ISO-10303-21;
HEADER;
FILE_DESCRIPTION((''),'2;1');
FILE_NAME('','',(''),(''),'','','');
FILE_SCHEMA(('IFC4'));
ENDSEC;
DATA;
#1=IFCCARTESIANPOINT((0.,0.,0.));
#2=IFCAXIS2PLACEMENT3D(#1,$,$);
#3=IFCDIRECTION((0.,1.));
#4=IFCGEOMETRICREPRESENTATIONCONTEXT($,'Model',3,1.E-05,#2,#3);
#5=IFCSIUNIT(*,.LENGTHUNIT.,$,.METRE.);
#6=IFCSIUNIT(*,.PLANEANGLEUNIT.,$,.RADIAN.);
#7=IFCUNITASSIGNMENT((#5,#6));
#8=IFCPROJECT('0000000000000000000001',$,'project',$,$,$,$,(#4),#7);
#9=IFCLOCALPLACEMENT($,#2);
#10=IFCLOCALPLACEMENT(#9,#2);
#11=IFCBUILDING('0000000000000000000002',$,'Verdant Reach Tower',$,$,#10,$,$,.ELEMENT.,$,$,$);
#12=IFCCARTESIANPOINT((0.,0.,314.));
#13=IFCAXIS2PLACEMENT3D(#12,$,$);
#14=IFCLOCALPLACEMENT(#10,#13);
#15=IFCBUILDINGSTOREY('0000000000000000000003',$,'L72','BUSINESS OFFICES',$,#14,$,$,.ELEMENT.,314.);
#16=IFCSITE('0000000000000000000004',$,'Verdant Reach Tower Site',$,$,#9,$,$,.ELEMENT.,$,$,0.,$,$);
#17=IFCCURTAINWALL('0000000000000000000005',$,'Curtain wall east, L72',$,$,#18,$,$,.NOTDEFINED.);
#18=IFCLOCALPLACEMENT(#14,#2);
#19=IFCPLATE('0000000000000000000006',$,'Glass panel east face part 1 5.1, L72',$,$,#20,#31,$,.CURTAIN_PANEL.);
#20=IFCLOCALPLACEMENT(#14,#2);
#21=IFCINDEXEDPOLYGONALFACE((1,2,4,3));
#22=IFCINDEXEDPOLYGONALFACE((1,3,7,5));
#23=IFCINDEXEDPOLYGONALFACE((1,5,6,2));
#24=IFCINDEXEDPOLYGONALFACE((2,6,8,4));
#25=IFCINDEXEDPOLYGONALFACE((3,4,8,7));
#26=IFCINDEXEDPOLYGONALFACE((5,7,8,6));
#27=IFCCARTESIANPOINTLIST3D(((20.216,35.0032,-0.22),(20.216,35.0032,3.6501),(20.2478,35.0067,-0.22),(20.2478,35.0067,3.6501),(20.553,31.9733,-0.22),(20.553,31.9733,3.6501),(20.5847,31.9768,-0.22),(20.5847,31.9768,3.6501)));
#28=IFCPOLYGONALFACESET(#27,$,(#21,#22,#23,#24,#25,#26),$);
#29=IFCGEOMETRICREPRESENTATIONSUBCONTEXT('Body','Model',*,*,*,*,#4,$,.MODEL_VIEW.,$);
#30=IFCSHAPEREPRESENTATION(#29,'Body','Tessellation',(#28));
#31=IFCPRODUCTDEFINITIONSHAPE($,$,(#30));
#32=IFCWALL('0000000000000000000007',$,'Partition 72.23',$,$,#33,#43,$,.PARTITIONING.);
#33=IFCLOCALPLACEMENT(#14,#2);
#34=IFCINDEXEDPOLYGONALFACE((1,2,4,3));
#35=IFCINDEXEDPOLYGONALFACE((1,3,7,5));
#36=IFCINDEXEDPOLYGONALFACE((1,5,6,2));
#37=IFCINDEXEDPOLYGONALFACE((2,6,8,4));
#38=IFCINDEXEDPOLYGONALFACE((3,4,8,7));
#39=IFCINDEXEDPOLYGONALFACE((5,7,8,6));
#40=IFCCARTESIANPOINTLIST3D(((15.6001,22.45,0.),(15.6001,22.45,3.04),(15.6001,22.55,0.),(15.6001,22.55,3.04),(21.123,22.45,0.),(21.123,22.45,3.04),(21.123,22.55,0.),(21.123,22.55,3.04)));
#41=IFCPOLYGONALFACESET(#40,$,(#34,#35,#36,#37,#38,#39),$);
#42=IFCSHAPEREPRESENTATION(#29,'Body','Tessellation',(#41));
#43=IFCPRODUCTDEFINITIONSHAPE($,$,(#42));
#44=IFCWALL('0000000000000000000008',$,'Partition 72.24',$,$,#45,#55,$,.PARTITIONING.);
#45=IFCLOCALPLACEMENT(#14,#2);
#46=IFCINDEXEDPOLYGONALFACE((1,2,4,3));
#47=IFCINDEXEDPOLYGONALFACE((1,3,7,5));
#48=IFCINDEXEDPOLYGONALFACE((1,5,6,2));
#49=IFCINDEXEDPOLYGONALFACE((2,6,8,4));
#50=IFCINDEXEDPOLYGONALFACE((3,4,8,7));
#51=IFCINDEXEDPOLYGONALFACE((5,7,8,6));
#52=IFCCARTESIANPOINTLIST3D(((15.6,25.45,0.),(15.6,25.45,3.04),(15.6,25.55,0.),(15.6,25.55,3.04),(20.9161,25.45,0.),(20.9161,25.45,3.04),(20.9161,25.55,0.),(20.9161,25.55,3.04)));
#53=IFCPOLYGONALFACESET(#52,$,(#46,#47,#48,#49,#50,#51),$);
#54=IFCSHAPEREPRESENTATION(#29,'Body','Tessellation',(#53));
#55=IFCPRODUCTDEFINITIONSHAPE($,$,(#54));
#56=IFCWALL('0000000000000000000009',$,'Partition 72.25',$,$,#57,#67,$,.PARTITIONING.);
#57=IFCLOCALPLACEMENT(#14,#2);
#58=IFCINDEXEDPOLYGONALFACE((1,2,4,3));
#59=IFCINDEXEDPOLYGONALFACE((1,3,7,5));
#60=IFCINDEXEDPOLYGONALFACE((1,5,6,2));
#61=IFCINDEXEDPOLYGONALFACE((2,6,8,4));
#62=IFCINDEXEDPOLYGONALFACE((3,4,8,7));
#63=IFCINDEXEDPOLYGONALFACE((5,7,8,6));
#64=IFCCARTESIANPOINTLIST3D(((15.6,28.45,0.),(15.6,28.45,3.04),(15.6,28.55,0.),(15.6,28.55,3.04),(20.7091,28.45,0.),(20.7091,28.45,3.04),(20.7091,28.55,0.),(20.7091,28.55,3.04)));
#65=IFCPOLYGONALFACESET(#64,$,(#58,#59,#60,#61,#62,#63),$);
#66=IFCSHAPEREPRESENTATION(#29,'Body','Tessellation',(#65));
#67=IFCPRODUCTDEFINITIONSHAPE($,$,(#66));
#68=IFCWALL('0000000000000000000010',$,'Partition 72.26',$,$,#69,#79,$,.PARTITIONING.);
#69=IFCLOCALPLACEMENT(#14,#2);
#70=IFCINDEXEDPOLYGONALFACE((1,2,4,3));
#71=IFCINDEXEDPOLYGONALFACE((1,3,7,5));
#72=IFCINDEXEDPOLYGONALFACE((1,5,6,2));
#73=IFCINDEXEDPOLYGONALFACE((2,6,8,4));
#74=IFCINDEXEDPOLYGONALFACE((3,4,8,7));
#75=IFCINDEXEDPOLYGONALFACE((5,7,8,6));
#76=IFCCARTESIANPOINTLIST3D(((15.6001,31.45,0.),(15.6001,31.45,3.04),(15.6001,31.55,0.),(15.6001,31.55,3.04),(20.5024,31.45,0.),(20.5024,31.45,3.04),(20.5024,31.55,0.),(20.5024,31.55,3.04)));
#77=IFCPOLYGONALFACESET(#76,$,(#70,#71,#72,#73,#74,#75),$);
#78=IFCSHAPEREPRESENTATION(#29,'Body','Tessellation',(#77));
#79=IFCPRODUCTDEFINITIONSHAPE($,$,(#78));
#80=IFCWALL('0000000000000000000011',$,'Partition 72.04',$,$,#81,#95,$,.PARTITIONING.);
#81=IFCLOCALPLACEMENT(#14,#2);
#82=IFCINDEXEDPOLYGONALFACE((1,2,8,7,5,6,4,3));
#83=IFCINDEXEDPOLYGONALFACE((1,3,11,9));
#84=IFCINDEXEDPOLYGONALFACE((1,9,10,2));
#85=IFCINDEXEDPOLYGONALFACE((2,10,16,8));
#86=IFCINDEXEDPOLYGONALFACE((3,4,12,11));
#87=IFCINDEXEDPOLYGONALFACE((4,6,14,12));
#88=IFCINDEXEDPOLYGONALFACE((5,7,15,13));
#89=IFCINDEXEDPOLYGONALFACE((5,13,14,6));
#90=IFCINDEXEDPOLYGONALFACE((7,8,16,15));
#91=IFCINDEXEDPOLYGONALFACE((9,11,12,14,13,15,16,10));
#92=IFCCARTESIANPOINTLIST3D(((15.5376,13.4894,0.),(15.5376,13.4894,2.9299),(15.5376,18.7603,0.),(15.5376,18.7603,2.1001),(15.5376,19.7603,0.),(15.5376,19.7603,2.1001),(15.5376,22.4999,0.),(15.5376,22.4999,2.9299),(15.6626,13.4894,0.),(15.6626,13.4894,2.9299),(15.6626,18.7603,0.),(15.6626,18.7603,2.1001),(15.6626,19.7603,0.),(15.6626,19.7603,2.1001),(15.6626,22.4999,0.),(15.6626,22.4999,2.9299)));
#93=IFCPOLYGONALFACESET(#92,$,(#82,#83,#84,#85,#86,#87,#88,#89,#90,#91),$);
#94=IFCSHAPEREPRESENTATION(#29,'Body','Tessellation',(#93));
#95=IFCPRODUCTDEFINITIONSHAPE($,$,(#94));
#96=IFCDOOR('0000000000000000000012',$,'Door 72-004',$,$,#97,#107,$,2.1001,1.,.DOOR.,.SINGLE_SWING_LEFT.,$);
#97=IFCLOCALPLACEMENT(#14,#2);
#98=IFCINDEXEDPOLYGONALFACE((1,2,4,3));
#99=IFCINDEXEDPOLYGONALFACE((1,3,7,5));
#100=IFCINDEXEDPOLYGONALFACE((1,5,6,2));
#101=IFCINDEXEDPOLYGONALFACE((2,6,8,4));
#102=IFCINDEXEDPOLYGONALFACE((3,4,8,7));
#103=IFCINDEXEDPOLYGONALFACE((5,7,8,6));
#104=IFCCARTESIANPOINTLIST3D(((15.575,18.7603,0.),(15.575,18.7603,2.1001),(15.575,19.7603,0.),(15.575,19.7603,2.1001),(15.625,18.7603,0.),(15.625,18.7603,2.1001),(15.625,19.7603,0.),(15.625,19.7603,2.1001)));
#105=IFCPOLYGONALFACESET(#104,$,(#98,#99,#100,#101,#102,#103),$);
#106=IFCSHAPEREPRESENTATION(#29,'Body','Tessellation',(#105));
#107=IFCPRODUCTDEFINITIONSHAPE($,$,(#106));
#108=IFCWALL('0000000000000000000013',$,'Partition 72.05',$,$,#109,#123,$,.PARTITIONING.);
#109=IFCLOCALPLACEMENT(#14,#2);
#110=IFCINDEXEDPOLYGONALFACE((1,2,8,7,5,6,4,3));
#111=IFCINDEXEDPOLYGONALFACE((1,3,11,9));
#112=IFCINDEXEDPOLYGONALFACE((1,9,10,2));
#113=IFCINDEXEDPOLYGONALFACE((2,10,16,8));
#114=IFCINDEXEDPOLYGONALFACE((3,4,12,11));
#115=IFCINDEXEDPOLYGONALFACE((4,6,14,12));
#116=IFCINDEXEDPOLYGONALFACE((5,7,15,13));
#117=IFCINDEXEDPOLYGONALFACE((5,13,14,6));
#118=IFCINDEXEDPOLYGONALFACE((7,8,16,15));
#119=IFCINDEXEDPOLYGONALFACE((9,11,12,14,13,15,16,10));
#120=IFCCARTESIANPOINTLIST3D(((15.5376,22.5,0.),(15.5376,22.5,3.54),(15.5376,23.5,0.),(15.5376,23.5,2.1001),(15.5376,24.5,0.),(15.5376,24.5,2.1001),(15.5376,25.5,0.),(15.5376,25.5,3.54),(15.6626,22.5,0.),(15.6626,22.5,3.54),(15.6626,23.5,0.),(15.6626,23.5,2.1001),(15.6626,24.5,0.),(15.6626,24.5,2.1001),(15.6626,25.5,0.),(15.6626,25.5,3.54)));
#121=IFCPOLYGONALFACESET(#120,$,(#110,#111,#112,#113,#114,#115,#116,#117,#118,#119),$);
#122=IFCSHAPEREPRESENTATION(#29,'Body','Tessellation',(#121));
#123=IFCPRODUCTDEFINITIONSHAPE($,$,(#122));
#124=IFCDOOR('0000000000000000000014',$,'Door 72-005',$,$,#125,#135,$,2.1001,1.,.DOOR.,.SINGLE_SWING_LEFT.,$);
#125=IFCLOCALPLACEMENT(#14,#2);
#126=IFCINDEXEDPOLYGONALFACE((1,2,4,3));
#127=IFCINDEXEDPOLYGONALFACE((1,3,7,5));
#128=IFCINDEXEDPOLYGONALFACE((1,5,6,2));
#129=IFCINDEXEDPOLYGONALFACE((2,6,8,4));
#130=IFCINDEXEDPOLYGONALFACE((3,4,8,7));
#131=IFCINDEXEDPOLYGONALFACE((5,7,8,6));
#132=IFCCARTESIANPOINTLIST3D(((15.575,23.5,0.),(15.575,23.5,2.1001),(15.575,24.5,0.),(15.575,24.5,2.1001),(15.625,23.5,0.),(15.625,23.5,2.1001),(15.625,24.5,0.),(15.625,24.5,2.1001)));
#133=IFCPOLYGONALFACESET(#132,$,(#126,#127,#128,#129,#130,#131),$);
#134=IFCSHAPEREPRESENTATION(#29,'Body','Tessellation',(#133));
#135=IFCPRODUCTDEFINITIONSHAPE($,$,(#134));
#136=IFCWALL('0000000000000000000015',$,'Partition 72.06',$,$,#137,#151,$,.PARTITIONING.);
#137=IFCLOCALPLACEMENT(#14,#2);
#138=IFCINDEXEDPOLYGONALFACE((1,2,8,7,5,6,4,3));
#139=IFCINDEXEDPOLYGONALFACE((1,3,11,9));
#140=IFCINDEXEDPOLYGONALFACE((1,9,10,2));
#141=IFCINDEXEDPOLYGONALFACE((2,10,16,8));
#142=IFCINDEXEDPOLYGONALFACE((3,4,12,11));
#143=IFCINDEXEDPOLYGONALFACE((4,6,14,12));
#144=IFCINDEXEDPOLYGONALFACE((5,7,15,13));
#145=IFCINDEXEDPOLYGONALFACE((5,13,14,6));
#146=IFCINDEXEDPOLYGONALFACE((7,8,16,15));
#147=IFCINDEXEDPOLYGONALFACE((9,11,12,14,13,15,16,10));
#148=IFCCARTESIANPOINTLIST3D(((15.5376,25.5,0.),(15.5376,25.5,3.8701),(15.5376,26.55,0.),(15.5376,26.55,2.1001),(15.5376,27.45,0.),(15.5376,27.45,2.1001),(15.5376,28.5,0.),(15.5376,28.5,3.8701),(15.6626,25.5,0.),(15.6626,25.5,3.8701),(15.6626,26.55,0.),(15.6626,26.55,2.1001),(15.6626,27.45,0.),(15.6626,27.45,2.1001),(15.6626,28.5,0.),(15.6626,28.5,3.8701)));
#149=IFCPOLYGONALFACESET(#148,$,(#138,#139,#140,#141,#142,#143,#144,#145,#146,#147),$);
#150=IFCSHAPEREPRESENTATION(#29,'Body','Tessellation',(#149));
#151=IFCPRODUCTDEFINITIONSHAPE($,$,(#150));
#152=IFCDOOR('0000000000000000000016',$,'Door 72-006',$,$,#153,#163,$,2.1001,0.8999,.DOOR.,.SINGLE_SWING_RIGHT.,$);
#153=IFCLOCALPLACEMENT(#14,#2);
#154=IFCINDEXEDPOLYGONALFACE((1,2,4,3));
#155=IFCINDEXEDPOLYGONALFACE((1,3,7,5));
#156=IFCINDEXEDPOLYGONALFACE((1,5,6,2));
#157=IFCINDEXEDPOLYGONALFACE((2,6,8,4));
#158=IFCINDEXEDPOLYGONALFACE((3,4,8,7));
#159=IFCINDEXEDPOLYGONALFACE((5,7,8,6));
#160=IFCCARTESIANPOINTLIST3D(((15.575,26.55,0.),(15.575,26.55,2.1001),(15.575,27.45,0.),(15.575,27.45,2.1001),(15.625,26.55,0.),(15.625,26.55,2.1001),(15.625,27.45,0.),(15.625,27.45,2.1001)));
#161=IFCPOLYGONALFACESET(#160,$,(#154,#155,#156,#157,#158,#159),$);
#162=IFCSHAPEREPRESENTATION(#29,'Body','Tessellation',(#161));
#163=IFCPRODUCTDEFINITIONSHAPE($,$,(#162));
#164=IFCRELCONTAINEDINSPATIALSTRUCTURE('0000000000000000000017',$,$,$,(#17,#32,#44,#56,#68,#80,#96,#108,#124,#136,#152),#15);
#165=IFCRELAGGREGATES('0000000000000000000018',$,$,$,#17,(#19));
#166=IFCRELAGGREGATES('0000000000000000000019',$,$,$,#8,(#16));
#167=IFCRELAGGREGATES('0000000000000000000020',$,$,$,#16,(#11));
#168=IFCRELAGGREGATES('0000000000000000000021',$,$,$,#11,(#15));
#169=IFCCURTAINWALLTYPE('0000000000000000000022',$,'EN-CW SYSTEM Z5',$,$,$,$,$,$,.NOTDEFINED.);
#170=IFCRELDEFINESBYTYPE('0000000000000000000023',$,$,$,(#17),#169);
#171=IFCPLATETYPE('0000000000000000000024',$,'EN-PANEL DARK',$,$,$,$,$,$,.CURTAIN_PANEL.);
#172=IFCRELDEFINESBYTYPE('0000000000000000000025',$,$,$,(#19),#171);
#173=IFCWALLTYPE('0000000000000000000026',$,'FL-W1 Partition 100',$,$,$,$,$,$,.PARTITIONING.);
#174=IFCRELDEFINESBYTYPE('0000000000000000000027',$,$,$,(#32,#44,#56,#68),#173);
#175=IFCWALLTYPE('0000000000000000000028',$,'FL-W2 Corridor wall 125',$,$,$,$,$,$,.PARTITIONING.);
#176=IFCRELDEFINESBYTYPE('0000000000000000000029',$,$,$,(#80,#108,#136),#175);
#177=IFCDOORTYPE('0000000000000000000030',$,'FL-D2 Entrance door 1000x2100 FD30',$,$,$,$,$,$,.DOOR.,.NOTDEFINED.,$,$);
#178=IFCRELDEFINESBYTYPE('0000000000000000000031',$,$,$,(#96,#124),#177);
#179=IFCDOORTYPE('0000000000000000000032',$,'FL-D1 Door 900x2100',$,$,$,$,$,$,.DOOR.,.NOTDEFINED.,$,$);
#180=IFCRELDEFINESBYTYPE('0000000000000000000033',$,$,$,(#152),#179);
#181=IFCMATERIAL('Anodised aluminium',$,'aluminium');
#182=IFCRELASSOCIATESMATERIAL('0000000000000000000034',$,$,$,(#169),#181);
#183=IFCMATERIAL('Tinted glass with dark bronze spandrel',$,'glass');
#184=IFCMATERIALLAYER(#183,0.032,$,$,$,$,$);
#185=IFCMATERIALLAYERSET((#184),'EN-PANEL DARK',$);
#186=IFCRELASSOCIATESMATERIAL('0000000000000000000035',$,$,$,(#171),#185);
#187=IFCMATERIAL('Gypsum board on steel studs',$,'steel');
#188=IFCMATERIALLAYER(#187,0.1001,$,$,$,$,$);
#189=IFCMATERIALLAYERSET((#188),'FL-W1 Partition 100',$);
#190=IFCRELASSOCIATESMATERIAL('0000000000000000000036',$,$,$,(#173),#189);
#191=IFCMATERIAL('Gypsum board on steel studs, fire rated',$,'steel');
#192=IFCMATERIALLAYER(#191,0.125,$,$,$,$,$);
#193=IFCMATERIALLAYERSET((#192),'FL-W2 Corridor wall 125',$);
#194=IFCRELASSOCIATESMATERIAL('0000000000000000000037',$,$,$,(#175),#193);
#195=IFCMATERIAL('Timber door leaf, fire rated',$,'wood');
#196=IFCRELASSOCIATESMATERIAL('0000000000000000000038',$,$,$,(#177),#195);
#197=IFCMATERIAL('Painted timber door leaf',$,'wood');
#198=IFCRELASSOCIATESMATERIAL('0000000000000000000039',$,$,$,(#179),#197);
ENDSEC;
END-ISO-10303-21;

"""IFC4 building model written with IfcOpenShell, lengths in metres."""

from ifc_helpers import new_model, si_unit, direction, frame, frame_2d, origin, origin_2d, place, context, subcontext, project, spatial, rectangle, extrude, material, layer, layer_set, type_object, element, fill, aggregate, save


model = new_model("IFC4")

# Units and contexts
model_context = context("Model", 3, precision=1e-05, world=origin(), true_north=direction((0.0, 1.0)))
body_context = subcontext(model_context, "Body", "Model", "MODEL_VIEW")
ifc_project = project(units=[si_unit("LENGTHUNIT", "METRE"), si_unit("PLANEANGLEUNIT", "RADIAN")], contexts=[model_context])

# Site, building, storey
site_placement = place(None, origin())
site = spatial("IfcSite", under=ifc_project, at=site_placement, Name="Verdant Reach Tower Site", CompositionType="ELEMENT", RefElevation=0.0)
building_placement = place(site_placement, origin())
building = spatial("IfcBuilding", under=site, at=building_placement, Name="Verdant Reach Tower", CompositionType="ELEMENT")
storey_placement = place(building_placement, frame((0.0, 0.0, 314.0)))
storey = spatial("IfcBuildingStorey", under=building, at=storey_placement, Name="L72", Description="BUSINESS OFFICES", CompositionType="ELEMENT", Elevation=314.0)

# Curtain wall
ifc_material_1 = material(Name="Anodised aluminium", Category="aluminium")
curtain_wall_type = type_object("IfcCurtainWallType", Name="EN-CW SYSTEM Z5", PredefinedType="NOTDEFINED", material=ifc_material_1)
curtain_wall_placement = place(storey_placement, origin())
curtain_wall = element("IfcCurtainWall", 1, at=curtain_wall_placement, inside=storey, type_object=curtain_wall_type, Name="Curtain wall east, L72", PredefinedType="NOTDEFINED")

# Plate
ifc_material_2 = material(Name="Tinted glass with dark bronze spandrel", Category="glass")
ifc_layer_1 = layer(ifc_material_2, 0.032)
ifc_layer_set_1 = layer_set([ifc_layer_1], Name="EN-PANEL DARK")
plate_type_1 = type_object("IfcPlateType", Name="EN-PANEL DARK", PredefinedType="CURTAIN_PANEL", material=ifc_layer_set_1)
plate_1_placement = place(storey_placement, frame((20.4004, 33.49, -0.22), z_axis=(0.0, 0.0, 1.0), x_axis=(-0.110518, 0.993874, 0.0)))
plate_1 = element("IfcPlate", 2, at=plate_1_placement, type_object=plate_type_1, Name="Glass panel east face part 1 5.1, L72", PredefinedType="CURTAIN_PANEL", context=body_context, shape_type="SweptSolid", body=[
    extrude(rectangle(XDim=3.0486, YDim=0.032, at=origin_2d()), origin(), (0.0, 0.0, 1.0), 3.8701),
])
aggregate(curtain_wall, [plate_1])

# Walls
ifc_material_3 = material(Name="Gypsum board on steel studs", Category="steel")
ifc_layer_2 = layer(ifc_material_3, 0.1001)
ifc_layer_set_2 = layer_set([ifc_layer_2], Name="FL-W1 Partition 100")
wall_type_1 = type_object("IfcWallType", Name="FL-W1 Partition 100", PredefinedType="PARTITIONING", material=ifc_layer_set_2)
wall_1_placement = place(storey_placement, frame((21.123, 22.5, 0.0), z_axis=(0.0, 0.0, 1.0), x_axis=(-1.0, 0.0, 0.0)))
element("IfcWall", 3, at=wall_1_placement, inside=storey, type_object=wall_type_1, Name="Partition 72.23", PredefinedType="PARTITIONING", context=body_context, shape_type="SweptSolid", body=[
    extrude(rectangle(XDim=5.5229, YDim=0.1001, at=frame_2d((2.7615, 0.0))), origin(), (0.0, 0.0, 1.0), 3.04),
])
wall_2_placement = place(storey_placement, frame((20.9163, 25.5, 0.0), z_axis=(0.0, 0.0, 1.0), x_axis=(-1.0, 0.0, 0.0)))
element("IfcWall", 4, at=wall_2_placement, inside=storey, type_object=wall_type_1, Name="Partition 72.24", PredefinedType="PARTITIONING", context=body_context, shape_type="SweptSolid", body=[
    extrude(rectangle(XDim=5.3162, YDim=0.1001, at=frame_2d((2.6582, 0.0))), origin(), (0.0, 0.0, 1.0), 3.04),
])
wall_3_placement = place(storey_placement, frame((20.7092, 28.5, 0.0), z_axis=(0.0, 0.0, 1.0), x_axis=(-1.0, 0.0, 0.0)))
element("IfcWall", 5, at=wall_3_placement, inside=storey, type_object=wall_type_1, Name="Partition 72.25", PredefinedType="PARTITIONING", context=body_context, shape_type="SweptSolid", body=[
    extrude(rectangle(XDim=5.1091, YDim=0.1001, at=frame_2d((2.5547, 0.0))), origin(), (0.0, 0.0, 1.0), 3.04),
])
wall_4_placement = place(storey_placement, frame((20.5024, 31.5, 0.0), z_axis=(0.0, 0.0, 1.0), x_axis=(-1.0, 0.0, 0.0)))
element("IfcWall", 6, at=wall_4_placement, inside=storey, type_object=wall_type_1, Name="Partition 72.26", PredefinedType="PARTITIONING", context=body_context, shape_type="SweptSolid", body=[
    extrude(rectangle(XDim=4.9023, YDim=0.1001, at=frame_2d((2.4512, 0.0))), origin(), (0.0, 0.0, 1.0), 3.04),
])

# Walls, openings, doors
ifc_material_4 = material(Name="Gypsum board on steel studs, fire rated", Category="steel")
ifc_layer_3 = layer(ifc_material_4, 0.125)
ifc_layer_set_3 = layer_set([ifc_layer_3], Name="FL-W2 Corridor wall 125")
wall_type_2 = type_object("IfcWallType", Name="FL-W2 Corridor wall 125", PredefinedType="PARTITIONING", material=ifc_layer_set_3)
wall_5_placement = place(storey_placement, frame((15.6001, 22.5, 0.0), z_axis=(0.0, 0.0, 1.0), x_axis=(0.0, -1.0, 0.0)))
wall_5 = element("IfcWall", 7, at=wall_5_placement, inside=storey, type_object=wall_type_2, Name="Partition 72.04", PredefinedType="PARTITIONING", context=body_context, shape_type="SweptSolid", body=[
    extrude(rectangle(XDim=9.0105, YDim=0.125, at=frame_2d((4.5054, 0.0))), origin(), (0.0, 0.0, 1.0), 2.9299),
])
opening_1_placement = place(wall_5_placement, frame((2.7397, 0.0, 0.0)))
opening_1 = element("IfcOpeningElement", 8, at=opening_1_placement, cuts=wall_5, PredefinedType="OPENING", context=body_context, shape_type="SweptSolid", body=[
    extrude(rectangle(XDim=1.0, YDim=2.1001, at=frame_2d((0.5, 1.05))), frame((0.0, 0.0725, 0.0), z_axis=(0.0, -1.0, 0.0), x_axis=(1.0, 0.0, 0.0)), (0.0, 0.0, 1.0), 0.145),
])
ifc_material_5 = material(Name="Timber door leaf, fire rated", Category="wood")
door_type_1 = type_object("IfcDoorType", Name="FL-D2 Entrance door 1000x2100 FD30", OperationType="NOTDEFINED", PredefinedType="DOOR", material=ifc_material_5)
door_1_placement = place(opening_1_placement, origin())
door_1 = element("IfcDoor", 9, at=door_1_placement, inside=storey, type_object=door_type_1, Name="Door 72-004", OperationType="SINGLE_SWING_LEFT", OverallHeight=2.1001, OverallWidth=1.0, PredefinedType="DOOR", context=body_context, shape_type="SweptSolid", body=[
    extrude(rectangle(XDim=1.0, YDim=2.1001, at=frame_2d((0.5, 1.05))), frame((0.0, 0.0249, 0.0), z_axis=(0.0, -1.0, 0.0), x_axis=(1.0, 0.0, 0.0)), (0.0, 0.0, 1.0), 0.05),
])
fill(opening_1, door_1)
wall_6_placement = place(storey_placement, frame((15.6001, 25.5, 0.0), z_axis=(0.0, 0.0, 1.0), x_axis=(0.0, -1.0, 0.0)))
wall_6 = element("IfcWall", 10, at=wall_6_placement, inside=storey, type_object=wall_type_2, Name="Partition 72.05", PredefinedType="PARTITIONING", context=body_context, shape_type="SweptSolid", body=[
    extrude(rectangle(XDim=3.0, YDim=0.125, at=frame_2d((1.5, 0.0))), origin(), (0.0, 0.0, 1.0), 3.54),
])
opening_2_placement = place(wall_6_placement, frame((1.0, 0.0, 0.0)))
opening_2 = element("IfcOpeningElement", 11, at=opening_2_placement, cuts=wall_6, PredefinedType="OPENING", context=body_context, shape_type="SweptSolid", body=[
    extrude(rectangle(XDim=1.0, YDim=2.1001, at=frame_2d((0.5, 1.05))), frame((0.0, 0.0725, 0.0), z_axis=(0.0, -1.0, 0.0), x_axis=(1.0, 0.0, 0.0)), (0.0, 0.0, 1.0), 0.145),
])
door_2_placement = place(opening_2_placement, origin())
door_2 = element("IfcDoor", 12, at=door_2_placement, inside=storey, type_object=door_type_1, Name="Door 72-005", OperationType="SINGLE_SWING_LEFT", OverallHeight=2.1001, OverallWidth=1.0, PredefinedType="DOOR", context=body_context, shape_type="SweptSolid", body=[
    extrude(rectangle(XDim=1.0, YDim=2.1001, at=frame_2d((0.5, 1.05))), frame((0.0, 0.0249, 0.0), z_axis=(0.0, -1.0, 0.0), x_axis=(1.0, 0.0, 0.0)), (0.0, 0.0, 1.0), 0.05),
])
fill(opening_2, door_2)
wall_7_placement = place(storey_placement, frame((15.6001, 28.5, 0.0), z_axis=(0.0, 0.0, 1.0), x_axis=(0.0, -1.0, 0.0)))
wall_7 = element("IfcWall", 13, at=wall_7_placement, inside=storey, type_object=wall_type_2, Name="Partition 72.06", PredefinedType="PARTITIONING", context=body_context, shape_type="SweptSolid", body=[
    extrude(rectangle(XDim=3.0, YDim=0.125, at=frame_2d((1.5, 0.0))), origin(), (0.0, 0.0, 1.0), 3.8701),
])
opening_3_placement = place(wall_7_placement, frame((1.05, 0.0, 0.0)))
opening_3 = element("IfcOpeningElement", 14, at=opening_3_placement, cuts=wall_7, PredefinedType="OPENING", context=body_context, shape_type="SweptSolid", body=[
    extrude(rectangle(XDim=0.8999, YDim=2.1001, at=frame_2d((0.45, 1.05))), frame((0.0, 0.0725, 0.0), z_axis=(0.0, -1.0, 0.0), x_axis=(1.0, 0.0, 0.0)), (0.0, 0.0, 1.0), 0.145),
])
ifc_material_6 = material(Name="Painted timber door leaf", Category="wood")
door_type_2 = type_object("IfcDoorType", Name="FL-D1 Door 900x2100", OperationType="NOTDEFINED", PredefinedType="DOOR", material=ifc_material_6)
door_3_placement = place(opening_3_placement, origin())
door_3 = element("IfcDoor", 15, at=door_3_placement, inside=storey, type_object=door_type_2, Name="Door 72-006", OperationType="SINGLE_SWING_RIGHT", OverallHeight=2.1001, OverallWidth=0.8999, PredefinedType="DOOR", context=body_context, shape_type="SweptSolid", body=[
    extrude(rectangle(XDim=0.8999, YDim=2.1001, at=frame_2d((0.45, 1.05))), frame((0.0, 0.0249, 0.0), z_axis=(0.0, -1.0, 0.0), x_axis=(1.0, 0.0, 0.0)), (0.0, 0.0, 1.0), 0.05),
])
fill(opening_3, door_3)

save(model, "model.ifc")
